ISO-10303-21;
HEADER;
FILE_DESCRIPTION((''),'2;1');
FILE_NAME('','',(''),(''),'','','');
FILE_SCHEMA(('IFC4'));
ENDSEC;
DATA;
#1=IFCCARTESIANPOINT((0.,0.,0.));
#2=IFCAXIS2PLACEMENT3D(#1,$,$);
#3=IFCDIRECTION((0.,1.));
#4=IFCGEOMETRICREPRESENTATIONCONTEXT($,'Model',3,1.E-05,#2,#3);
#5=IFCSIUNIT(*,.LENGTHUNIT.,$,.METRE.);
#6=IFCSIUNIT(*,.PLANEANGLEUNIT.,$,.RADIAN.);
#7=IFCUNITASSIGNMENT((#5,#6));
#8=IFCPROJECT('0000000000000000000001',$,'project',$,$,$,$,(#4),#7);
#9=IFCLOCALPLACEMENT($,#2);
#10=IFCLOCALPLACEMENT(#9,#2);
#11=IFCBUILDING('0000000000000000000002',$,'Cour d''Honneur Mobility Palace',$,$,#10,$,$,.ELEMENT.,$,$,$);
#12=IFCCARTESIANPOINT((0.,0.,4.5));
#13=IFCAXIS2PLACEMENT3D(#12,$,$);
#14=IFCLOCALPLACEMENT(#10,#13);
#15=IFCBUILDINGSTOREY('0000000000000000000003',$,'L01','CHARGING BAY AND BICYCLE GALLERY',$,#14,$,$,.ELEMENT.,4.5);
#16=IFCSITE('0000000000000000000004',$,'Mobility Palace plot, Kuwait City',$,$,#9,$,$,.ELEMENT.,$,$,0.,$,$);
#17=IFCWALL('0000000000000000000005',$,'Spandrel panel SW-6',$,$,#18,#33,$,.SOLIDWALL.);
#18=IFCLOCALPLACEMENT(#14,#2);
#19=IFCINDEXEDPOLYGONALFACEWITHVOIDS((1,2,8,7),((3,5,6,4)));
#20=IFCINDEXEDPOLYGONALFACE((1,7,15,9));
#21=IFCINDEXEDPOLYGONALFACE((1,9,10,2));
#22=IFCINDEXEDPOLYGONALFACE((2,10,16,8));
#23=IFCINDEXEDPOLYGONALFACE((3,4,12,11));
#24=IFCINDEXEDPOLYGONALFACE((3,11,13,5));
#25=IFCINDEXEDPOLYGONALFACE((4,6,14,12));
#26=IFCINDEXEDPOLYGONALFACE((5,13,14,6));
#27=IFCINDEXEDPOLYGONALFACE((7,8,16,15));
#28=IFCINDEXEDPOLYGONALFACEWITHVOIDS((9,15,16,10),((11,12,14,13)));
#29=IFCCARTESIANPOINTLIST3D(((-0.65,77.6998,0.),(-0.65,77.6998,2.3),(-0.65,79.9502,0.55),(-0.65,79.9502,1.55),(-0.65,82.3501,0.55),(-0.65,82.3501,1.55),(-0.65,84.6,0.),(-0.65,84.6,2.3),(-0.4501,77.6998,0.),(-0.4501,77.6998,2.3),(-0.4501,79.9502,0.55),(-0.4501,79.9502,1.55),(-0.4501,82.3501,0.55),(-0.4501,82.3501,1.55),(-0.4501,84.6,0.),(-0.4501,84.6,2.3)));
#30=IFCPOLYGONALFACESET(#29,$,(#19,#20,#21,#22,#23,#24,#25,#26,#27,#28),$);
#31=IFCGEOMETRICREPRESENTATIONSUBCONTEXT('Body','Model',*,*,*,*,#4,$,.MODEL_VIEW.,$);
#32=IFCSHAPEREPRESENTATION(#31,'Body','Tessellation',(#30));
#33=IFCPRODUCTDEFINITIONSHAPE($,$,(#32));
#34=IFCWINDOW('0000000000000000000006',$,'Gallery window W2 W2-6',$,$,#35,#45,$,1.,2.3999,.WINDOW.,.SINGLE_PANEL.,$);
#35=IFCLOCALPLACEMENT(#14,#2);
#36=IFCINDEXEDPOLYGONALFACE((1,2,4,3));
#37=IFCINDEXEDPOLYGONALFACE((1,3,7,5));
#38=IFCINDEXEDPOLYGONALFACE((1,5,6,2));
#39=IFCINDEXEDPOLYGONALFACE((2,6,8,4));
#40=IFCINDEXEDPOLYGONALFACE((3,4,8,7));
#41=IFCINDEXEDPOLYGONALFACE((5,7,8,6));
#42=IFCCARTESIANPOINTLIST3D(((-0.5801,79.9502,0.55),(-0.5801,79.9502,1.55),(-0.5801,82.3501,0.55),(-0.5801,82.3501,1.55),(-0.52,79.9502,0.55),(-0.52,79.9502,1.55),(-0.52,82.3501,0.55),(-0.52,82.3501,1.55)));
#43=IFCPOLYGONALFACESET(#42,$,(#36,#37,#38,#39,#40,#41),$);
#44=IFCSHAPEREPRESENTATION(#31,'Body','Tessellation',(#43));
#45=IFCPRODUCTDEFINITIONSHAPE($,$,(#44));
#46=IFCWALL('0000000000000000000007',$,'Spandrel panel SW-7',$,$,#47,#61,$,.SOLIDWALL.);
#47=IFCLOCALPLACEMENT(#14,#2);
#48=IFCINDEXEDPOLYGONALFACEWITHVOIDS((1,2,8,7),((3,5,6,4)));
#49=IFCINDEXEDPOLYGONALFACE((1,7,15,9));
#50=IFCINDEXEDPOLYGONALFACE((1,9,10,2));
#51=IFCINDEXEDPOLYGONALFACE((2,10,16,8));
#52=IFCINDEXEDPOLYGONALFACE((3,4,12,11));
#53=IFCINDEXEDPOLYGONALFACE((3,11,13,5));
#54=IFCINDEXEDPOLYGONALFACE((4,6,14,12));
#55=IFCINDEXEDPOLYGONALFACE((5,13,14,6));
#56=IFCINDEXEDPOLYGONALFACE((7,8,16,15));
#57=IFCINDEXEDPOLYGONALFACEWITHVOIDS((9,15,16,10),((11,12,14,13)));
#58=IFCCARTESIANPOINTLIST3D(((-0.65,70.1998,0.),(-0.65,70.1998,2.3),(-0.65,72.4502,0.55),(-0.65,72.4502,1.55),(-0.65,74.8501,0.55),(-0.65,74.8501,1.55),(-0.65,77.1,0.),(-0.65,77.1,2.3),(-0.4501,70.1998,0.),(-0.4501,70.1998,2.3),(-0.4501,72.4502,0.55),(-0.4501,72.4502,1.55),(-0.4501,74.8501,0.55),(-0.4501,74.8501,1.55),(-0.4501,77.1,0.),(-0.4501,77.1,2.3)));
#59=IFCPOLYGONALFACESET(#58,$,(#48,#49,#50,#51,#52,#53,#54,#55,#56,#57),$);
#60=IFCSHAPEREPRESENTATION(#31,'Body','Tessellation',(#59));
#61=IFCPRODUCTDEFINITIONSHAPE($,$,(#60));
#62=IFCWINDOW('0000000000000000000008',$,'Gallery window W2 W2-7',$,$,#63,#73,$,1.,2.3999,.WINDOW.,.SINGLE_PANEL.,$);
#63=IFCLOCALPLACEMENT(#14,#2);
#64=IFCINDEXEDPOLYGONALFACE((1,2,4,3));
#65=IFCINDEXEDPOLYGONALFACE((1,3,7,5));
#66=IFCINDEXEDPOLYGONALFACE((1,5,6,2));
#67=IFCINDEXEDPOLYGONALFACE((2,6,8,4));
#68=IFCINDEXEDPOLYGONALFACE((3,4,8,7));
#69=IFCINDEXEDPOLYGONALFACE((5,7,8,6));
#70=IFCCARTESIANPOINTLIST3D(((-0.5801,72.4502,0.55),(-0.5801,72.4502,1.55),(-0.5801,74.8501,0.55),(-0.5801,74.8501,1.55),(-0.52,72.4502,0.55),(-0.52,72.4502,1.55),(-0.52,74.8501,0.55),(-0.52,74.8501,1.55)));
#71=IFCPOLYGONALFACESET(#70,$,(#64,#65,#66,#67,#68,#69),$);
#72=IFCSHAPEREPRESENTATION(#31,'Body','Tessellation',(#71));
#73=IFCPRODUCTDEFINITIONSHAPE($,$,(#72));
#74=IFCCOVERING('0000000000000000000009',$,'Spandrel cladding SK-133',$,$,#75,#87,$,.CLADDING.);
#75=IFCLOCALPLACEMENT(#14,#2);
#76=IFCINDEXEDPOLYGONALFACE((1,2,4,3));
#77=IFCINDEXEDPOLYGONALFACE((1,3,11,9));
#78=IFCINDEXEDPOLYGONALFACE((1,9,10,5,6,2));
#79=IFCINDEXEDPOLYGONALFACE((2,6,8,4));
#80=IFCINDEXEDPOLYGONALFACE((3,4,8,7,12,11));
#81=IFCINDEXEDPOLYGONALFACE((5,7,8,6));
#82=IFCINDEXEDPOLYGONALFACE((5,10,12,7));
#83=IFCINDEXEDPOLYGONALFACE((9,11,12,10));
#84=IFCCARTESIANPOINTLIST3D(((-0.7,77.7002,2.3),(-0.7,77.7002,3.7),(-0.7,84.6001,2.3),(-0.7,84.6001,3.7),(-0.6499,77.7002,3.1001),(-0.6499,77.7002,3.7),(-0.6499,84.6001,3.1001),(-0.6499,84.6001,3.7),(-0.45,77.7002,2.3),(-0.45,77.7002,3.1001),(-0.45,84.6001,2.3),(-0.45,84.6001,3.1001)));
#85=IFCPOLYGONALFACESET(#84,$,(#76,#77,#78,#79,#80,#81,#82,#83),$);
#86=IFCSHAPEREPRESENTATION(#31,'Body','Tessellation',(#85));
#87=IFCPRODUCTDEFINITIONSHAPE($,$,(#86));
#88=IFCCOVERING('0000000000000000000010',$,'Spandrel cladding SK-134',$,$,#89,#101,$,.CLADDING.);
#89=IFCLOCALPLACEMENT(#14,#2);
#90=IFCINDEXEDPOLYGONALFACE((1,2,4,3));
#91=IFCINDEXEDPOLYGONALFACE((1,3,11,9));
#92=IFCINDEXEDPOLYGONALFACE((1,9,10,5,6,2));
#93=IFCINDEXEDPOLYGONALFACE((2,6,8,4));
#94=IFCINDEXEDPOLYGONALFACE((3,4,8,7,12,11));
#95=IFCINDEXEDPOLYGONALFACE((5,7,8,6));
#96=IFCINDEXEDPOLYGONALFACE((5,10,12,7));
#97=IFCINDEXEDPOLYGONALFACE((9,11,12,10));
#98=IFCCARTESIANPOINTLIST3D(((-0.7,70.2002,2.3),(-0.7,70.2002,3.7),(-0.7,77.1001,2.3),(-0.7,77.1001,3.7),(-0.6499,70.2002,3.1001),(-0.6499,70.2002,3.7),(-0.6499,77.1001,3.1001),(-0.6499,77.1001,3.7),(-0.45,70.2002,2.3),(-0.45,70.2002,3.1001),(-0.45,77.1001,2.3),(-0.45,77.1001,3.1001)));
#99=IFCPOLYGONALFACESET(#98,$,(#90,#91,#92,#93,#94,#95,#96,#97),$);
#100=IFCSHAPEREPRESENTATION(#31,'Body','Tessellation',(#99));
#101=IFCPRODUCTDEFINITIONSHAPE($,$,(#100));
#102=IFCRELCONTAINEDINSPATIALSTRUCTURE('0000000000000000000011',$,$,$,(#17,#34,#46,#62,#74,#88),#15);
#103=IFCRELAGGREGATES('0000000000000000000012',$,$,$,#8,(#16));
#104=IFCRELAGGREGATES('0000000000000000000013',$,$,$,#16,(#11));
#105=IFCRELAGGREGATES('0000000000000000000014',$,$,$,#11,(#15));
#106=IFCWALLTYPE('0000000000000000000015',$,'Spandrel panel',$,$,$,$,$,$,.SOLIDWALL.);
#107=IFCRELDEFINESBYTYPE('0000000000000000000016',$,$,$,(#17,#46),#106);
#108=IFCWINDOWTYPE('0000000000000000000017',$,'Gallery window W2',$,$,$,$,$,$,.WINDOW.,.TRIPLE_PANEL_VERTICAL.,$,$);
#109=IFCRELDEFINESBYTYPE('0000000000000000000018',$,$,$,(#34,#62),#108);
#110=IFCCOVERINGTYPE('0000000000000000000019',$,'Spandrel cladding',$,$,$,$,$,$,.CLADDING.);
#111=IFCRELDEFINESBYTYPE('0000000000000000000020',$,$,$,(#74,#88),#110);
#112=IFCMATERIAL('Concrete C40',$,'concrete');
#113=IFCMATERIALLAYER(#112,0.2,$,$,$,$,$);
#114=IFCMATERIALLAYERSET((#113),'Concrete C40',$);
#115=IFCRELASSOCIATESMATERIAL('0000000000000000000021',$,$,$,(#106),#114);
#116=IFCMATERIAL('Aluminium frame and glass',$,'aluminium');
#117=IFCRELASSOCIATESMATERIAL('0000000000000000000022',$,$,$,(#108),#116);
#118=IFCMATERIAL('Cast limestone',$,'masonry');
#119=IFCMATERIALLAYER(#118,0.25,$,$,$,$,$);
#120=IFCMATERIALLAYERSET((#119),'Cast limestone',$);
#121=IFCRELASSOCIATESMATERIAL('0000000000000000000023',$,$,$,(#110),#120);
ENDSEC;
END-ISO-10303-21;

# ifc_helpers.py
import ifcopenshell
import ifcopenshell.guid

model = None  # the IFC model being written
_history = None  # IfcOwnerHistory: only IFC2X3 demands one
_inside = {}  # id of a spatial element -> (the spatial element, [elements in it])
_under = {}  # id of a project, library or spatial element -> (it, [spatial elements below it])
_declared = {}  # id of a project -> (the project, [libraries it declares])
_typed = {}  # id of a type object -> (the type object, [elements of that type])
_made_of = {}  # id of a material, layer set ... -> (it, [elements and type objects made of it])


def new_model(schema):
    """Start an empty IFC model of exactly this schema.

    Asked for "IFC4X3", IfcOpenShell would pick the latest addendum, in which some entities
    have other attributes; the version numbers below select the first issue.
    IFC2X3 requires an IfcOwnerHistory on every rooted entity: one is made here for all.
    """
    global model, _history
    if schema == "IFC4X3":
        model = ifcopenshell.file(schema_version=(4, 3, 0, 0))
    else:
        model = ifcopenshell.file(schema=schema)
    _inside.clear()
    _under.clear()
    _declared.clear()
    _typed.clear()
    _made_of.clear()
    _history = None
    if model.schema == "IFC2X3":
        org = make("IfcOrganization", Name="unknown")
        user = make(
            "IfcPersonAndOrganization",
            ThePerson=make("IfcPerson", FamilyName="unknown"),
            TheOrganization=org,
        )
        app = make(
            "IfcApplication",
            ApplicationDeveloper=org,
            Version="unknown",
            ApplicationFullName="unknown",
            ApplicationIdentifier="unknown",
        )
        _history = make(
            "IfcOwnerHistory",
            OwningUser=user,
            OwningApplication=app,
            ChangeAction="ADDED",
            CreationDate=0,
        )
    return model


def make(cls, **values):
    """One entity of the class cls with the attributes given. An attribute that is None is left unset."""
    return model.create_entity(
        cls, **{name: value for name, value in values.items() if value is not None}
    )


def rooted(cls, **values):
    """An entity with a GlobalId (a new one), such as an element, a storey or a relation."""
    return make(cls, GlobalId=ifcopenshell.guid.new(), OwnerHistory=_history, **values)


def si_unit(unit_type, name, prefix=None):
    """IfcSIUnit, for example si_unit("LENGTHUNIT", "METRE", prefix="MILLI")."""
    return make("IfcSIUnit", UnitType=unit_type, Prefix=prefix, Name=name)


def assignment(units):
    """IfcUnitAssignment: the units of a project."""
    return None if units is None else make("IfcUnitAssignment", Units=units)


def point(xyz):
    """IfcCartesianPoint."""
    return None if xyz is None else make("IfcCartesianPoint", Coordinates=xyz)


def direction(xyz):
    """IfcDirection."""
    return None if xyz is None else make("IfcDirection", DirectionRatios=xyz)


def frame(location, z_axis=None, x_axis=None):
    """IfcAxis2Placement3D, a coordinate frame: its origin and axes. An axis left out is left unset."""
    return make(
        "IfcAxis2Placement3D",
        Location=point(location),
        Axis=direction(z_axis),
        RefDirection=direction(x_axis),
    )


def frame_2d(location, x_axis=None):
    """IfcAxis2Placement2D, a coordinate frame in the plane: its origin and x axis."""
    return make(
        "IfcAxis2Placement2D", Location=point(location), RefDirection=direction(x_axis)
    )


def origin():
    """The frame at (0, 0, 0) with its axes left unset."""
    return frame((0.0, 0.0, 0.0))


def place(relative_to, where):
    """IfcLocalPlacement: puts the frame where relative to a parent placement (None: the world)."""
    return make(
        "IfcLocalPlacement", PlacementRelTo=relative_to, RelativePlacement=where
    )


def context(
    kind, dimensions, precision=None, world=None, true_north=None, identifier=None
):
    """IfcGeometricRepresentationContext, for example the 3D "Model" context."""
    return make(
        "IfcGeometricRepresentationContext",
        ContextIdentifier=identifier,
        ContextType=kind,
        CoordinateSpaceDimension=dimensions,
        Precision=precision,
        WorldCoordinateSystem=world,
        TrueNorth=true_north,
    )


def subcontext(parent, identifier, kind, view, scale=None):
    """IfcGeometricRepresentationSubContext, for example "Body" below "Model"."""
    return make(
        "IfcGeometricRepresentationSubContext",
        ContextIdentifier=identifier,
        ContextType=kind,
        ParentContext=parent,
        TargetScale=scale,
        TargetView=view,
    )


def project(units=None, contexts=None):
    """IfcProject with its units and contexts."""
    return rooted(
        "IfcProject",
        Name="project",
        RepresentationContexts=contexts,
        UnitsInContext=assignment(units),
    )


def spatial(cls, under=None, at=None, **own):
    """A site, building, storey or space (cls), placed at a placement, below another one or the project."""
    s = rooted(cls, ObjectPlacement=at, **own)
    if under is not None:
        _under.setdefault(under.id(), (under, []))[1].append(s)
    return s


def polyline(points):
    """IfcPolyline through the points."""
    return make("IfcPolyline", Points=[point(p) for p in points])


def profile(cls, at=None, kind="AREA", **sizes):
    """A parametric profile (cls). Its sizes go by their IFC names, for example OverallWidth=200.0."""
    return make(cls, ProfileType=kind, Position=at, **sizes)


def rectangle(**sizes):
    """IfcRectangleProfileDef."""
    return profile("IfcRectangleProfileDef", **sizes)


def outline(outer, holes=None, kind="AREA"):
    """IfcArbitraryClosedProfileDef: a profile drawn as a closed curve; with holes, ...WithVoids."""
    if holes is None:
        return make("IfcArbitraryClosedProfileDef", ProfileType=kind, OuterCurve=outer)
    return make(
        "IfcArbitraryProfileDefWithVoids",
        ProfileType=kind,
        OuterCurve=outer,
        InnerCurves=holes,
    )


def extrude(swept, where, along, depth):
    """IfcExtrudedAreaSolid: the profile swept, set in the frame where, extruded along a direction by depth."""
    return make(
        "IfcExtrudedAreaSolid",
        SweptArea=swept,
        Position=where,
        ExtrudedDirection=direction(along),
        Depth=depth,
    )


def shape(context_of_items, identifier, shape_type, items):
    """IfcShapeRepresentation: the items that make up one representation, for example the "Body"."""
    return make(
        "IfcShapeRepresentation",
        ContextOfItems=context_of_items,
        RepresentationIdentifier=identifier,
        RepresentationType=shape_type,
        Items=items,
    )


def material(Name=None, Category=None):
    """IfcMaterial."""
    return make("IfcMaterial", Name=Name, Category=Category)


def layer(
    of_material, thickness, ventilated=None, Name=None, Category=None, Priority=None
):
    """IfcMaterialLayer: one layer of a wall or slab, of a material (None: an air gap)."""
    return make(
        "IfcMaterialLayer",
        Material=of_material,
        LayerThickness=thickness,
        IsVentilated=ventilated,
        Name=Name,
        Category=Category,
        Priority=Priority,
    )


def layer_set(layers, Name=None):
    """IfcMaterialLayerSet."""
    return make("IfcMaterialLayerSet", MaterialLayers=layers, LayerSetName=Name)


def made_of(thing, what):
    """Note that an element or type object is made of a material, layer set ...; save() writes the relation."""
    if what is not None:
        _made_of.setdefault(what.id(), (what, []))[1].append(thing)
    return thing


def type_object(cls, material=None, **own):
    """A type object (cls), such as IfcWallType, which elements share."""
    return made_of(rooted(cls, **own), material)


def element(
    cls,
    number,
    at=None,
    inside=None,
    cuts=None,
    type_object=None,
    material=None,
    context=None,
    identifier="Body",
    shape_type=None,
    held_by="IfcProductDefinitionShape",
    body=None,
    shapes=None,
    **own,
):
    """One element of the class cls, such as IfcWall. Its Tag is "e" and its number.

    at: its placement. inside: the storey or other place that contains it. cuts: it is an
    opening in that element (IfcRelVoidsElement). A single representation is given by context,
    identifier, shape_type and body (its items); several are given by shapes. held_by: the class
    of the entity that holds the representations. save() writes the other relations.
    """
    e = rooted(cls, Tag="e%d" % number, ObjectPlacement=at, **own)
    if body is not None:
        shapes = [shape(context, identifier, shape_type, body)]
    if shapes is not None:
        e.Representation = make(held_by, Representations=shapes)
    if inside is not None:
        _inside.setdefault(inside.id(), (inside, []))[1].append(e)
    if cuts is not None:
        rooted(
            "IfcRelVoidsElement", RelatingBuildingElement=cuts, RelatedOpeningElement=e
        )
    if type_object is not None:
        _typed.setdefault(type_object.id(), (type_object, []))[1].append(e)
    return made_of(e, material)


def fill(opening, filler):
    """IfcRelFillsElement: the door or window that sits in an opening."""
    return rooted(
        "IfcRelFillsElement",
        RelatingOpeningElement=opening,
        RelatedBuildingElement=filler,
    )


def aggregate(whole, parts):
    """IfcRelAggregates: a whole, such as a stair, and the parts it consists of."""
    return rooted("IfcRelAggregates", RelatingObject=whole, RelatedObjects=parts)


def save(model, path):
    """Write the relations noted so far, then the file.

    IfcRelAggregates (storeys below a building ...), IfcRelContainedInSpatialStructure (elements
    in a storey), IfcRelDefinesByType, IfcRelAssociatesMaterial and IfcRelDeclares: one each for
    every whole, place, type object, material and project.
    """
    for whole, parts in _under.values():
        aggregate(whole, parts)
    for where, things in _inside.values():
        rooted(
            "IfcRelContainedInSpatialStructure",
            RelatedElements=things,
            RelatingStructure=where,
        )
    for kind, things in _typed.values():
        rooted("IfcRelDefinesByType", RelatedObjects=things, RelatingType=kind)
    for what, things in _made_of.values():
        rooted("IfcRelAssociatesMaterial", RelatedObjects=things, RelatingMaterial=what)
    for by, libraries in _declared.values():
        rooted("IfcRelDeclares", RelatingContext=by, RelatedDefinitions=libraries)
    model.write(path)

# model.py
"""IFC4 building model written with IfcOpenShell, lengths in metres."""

from ifc_helpers import new_model, si_unit, direction, frame, frame_2d, origin, place, context, subcontext, project, spatial, polyline, rectangle, outline, extrude, material, layer, layer_set, type_object, element, fill, save


model = new_model("IFC4")

# Units and contexts
model_context = context("Model", 3, precision=1e-05, world=origin(), true_north=direction((0.0, 1.0)))
body_context = subcontext(model_context, "Body", "Model", "MODEL_VIEW")
ifc_project = project(units=[si_unit("LENGTHUNIT", "METRE"), si_unit("PLANEANGLEUNIT", "RADIAN")], contexts=[model_context])

# Site, building, storey
site_placement = place(None, origin())
site = spatial("IfcSite", under=ifc_project, at=site_placement, Name="Mobility Palace plot, Kuwait City", CompositionType="ELEMENT", RefElevation=0.0)
building_placement = place(site_placement, origin())
building = spatial("IfcBuilding", under=site, at=building_placement, Name="Cour d'Honneur Mobility Palace", CompositionType="ELEMENT")
storey_placement = place(building_placement, frame((0.0, 0.0, 4.5)))
storey = spatial("IfcBuildingStorey", under=building, at=storey_placement, Name="L01", Description="CHARGING BAY AND BICYCLE GALLERY", CompositionType="ELEMENT", Elevation=4.5)

# Walls, openings, windows
ifc_material_1 = material(Name="Concrete C40", Category="concrete")
ifc_layer_1 = layer(ifc_material_1, 0.2)
ifc_layer_set_1 = layer_set([ifc_layer_1], Name="Concrete C40")
wall_type_1 = type_object("IfcWallType", Name="Spandrel panel", PredefinedType="SOLIDWALL", material=ifc_layer_set_1)
wall_1_placement = place(storey_placement, frame((-0.55, 84.6001, 0.0), z_axis=(0.0, 0.0, 1.0), x_axis=(0.0, -1.0, 0.0)))
wall_1 = element("IfcWall", 1, at=wall_1_placement, inside=storey, type_object=wall_type_1, Name="Spandrel panel SW-6", PredefinedType="SOLIDWALL", context=body_context, shape_type="SweptSolid", body=[
    extrude(rectangle(XDim=6.9001, YDim=0.2, at=frame_2d((3.4502, 0.0))), origin(), (0.0, 0.0, 1.0), 2.3),
])
opening_1_placement = place(wall_1_placement, frame((2.25, 0.0, 0.55)))
opening_1 = element("IfcOpeningElement", 2, at=opening_1_placement, cuts=wall_1, PredefinedType="OPENING", context=body_context, shape_type="SweptSolid", body=[
    extrude(rectangle(XDim=2.3999, YDim=1.0, at=frame_2d((1.2, 0.5))), frame((0.0, 0.1099, 0.0), z_axis=(0.0, -1.0, 0.0), x_axis=(1.0, 0.0, 0.0)), (0.0, 0.0, 1.0), 0.22),
])
ifc_material_2 = material(Name="Aluminium frame and glass", Category="aluminium")
window_type = type_object("IfcWindowType", Name="Gallery window W2", PartitioningType="TRIPLE_PANEL_VERTICAL", PredefinedType="WINDOW", material=ifc_material_2)
window_1_placement = place(opening_1_placement, origin())
window_1 = element("IfcWindow", 3, at=window_1_placement, inside=storey, type_object=window_type, Name="Gallery window W2 W2-6", OverallHeight=1.0, OverallWidth=2.3999, PartitioningType="SINGLE_PANEL", PredefinedType="WINDOW", context=body_context, shape_type="SweptSolid", body=[
    extrude(rectangle(XDim=2.3999, YDim=1.0, at=frame_2d((1.2, 0.5))), frame((0.0, 0.03, 0.0), z_axis=(0.0, -1.0, 0.0), x_axis=(1.0, 0.0, 0.0)), (0.0, 0.0, 1.0), 0.0601),
])
fill(opening_1, window_1)
wall_2_placement = place(storey_placement, frame((-0.55, 77.1001, 0.0), z_axis=(0.0, 0.0, 1.0), x_axis=(0.0, -1.0, 0.0)))
wall_2 = element("IfcWall", 4, at=wall_2_placement, inside=storey, type_object=wall_type_1, Name="Spandrel panel SW-7", PredefinedType="SOLIDWALL", context=body_context, shape_type="SweptSolid", body=[
    extrude(rectangle(XDim=6.9001, YDim=0.2, at=frame_2d((3.4502, 0.0))), origin(), (0.0, 0.0, 1.0), 2.3),
])
opening_2_placement = place(wall_2_placement, frame((2.25, 0.0, 0.55)))
opening_2 = element("IfcOpeningElement", 5, at=opening_2_placement, cuts=wall_2, PredefinedType="OPENING", context=body_context, shape_type="SweptSolid", body=[
    extrude(rectangle(XDim=2.3999, YDim=1.0, at=frame_2d((1.2, 0.5))), frame((0.0, 0.1099, 0.0), z_axis=(0.0, -1.0, 0.0), x_axis=(1.0, 0.0, 0.0)), (0.0, 0.0, 1.0), 0.22),
])
window_2_placement = place(opening_2_placement, origin())
window_2 = element("IfcWindow", 6, at=window_2_placement, inside=storey, type_object=window_type, Name="Gallery window W2 W2-7", OverallHeight=1.0, OverallWidth=2.3999, PartitioningType="SINGLE_PANEL", PredefinedType="WINDOW", context=body_context, shape_type="SweptSolid", body=[
    extrude(rectangle(XDim=2.3999, YDim=1.0, at=frame_2d((1.2, 0.5))), frame((0.0, 0.03, 0.0), z_axis=(0.0, -1.0, 0.0), x_axis=(1.0, 0.0, 0.0)), (0.0, 0.0, 1.0), 0.0601),
])
fill(opening_2, window_2)

# Coverings
ifc_material_3 = material(Name="Cast limestone", Category="masonry")
ifc_layer_2 = layer(ifc_material_3, 0.25)
ifc_layer_set_2 = layer_set([ifc_layer_2], Name="Cast limestone")
covering_type = type_object("IfcCoveringType", Name="Spandrel cladding", PredefinedType="CLADDING", material=ifc_layer_set_2)
for number, where, z_axis, x_axis, name in (
    (7, (-0.45, 84.6001, 2.3), (0.0, 1.0, 0.0), (-1.0, 0.0, 0.0), "Spandrel cladding SK-133"),
    (8, (-0.45, 77.1001, 2.3), (0.0, 1.0, 0.0), (-1.0, 0.0, 0.0), "Spandrel cladding SK-134"),
):
    element("IfcCovering", number, at=place(storey_placement, frame(where, z_axis=z_axis, x_axis=x_axis)), inside=storey, type_object=covering_type, Name=name, PredefinedType="CLADDING", context=body_context, shape_type="SweptSolid", body=[
        extrude(outline(polyline([(0.0, 0.0), (0.25, 0.0), (0.25, 1.3999), (0.2, 1.3999), (0.2, 0.8), (0.0, 0.8), (0.0, 0.0)])), origin(), (0.0, 0.0, -1.0), 6.8999),
    ])

save(model, "model.ifc")
